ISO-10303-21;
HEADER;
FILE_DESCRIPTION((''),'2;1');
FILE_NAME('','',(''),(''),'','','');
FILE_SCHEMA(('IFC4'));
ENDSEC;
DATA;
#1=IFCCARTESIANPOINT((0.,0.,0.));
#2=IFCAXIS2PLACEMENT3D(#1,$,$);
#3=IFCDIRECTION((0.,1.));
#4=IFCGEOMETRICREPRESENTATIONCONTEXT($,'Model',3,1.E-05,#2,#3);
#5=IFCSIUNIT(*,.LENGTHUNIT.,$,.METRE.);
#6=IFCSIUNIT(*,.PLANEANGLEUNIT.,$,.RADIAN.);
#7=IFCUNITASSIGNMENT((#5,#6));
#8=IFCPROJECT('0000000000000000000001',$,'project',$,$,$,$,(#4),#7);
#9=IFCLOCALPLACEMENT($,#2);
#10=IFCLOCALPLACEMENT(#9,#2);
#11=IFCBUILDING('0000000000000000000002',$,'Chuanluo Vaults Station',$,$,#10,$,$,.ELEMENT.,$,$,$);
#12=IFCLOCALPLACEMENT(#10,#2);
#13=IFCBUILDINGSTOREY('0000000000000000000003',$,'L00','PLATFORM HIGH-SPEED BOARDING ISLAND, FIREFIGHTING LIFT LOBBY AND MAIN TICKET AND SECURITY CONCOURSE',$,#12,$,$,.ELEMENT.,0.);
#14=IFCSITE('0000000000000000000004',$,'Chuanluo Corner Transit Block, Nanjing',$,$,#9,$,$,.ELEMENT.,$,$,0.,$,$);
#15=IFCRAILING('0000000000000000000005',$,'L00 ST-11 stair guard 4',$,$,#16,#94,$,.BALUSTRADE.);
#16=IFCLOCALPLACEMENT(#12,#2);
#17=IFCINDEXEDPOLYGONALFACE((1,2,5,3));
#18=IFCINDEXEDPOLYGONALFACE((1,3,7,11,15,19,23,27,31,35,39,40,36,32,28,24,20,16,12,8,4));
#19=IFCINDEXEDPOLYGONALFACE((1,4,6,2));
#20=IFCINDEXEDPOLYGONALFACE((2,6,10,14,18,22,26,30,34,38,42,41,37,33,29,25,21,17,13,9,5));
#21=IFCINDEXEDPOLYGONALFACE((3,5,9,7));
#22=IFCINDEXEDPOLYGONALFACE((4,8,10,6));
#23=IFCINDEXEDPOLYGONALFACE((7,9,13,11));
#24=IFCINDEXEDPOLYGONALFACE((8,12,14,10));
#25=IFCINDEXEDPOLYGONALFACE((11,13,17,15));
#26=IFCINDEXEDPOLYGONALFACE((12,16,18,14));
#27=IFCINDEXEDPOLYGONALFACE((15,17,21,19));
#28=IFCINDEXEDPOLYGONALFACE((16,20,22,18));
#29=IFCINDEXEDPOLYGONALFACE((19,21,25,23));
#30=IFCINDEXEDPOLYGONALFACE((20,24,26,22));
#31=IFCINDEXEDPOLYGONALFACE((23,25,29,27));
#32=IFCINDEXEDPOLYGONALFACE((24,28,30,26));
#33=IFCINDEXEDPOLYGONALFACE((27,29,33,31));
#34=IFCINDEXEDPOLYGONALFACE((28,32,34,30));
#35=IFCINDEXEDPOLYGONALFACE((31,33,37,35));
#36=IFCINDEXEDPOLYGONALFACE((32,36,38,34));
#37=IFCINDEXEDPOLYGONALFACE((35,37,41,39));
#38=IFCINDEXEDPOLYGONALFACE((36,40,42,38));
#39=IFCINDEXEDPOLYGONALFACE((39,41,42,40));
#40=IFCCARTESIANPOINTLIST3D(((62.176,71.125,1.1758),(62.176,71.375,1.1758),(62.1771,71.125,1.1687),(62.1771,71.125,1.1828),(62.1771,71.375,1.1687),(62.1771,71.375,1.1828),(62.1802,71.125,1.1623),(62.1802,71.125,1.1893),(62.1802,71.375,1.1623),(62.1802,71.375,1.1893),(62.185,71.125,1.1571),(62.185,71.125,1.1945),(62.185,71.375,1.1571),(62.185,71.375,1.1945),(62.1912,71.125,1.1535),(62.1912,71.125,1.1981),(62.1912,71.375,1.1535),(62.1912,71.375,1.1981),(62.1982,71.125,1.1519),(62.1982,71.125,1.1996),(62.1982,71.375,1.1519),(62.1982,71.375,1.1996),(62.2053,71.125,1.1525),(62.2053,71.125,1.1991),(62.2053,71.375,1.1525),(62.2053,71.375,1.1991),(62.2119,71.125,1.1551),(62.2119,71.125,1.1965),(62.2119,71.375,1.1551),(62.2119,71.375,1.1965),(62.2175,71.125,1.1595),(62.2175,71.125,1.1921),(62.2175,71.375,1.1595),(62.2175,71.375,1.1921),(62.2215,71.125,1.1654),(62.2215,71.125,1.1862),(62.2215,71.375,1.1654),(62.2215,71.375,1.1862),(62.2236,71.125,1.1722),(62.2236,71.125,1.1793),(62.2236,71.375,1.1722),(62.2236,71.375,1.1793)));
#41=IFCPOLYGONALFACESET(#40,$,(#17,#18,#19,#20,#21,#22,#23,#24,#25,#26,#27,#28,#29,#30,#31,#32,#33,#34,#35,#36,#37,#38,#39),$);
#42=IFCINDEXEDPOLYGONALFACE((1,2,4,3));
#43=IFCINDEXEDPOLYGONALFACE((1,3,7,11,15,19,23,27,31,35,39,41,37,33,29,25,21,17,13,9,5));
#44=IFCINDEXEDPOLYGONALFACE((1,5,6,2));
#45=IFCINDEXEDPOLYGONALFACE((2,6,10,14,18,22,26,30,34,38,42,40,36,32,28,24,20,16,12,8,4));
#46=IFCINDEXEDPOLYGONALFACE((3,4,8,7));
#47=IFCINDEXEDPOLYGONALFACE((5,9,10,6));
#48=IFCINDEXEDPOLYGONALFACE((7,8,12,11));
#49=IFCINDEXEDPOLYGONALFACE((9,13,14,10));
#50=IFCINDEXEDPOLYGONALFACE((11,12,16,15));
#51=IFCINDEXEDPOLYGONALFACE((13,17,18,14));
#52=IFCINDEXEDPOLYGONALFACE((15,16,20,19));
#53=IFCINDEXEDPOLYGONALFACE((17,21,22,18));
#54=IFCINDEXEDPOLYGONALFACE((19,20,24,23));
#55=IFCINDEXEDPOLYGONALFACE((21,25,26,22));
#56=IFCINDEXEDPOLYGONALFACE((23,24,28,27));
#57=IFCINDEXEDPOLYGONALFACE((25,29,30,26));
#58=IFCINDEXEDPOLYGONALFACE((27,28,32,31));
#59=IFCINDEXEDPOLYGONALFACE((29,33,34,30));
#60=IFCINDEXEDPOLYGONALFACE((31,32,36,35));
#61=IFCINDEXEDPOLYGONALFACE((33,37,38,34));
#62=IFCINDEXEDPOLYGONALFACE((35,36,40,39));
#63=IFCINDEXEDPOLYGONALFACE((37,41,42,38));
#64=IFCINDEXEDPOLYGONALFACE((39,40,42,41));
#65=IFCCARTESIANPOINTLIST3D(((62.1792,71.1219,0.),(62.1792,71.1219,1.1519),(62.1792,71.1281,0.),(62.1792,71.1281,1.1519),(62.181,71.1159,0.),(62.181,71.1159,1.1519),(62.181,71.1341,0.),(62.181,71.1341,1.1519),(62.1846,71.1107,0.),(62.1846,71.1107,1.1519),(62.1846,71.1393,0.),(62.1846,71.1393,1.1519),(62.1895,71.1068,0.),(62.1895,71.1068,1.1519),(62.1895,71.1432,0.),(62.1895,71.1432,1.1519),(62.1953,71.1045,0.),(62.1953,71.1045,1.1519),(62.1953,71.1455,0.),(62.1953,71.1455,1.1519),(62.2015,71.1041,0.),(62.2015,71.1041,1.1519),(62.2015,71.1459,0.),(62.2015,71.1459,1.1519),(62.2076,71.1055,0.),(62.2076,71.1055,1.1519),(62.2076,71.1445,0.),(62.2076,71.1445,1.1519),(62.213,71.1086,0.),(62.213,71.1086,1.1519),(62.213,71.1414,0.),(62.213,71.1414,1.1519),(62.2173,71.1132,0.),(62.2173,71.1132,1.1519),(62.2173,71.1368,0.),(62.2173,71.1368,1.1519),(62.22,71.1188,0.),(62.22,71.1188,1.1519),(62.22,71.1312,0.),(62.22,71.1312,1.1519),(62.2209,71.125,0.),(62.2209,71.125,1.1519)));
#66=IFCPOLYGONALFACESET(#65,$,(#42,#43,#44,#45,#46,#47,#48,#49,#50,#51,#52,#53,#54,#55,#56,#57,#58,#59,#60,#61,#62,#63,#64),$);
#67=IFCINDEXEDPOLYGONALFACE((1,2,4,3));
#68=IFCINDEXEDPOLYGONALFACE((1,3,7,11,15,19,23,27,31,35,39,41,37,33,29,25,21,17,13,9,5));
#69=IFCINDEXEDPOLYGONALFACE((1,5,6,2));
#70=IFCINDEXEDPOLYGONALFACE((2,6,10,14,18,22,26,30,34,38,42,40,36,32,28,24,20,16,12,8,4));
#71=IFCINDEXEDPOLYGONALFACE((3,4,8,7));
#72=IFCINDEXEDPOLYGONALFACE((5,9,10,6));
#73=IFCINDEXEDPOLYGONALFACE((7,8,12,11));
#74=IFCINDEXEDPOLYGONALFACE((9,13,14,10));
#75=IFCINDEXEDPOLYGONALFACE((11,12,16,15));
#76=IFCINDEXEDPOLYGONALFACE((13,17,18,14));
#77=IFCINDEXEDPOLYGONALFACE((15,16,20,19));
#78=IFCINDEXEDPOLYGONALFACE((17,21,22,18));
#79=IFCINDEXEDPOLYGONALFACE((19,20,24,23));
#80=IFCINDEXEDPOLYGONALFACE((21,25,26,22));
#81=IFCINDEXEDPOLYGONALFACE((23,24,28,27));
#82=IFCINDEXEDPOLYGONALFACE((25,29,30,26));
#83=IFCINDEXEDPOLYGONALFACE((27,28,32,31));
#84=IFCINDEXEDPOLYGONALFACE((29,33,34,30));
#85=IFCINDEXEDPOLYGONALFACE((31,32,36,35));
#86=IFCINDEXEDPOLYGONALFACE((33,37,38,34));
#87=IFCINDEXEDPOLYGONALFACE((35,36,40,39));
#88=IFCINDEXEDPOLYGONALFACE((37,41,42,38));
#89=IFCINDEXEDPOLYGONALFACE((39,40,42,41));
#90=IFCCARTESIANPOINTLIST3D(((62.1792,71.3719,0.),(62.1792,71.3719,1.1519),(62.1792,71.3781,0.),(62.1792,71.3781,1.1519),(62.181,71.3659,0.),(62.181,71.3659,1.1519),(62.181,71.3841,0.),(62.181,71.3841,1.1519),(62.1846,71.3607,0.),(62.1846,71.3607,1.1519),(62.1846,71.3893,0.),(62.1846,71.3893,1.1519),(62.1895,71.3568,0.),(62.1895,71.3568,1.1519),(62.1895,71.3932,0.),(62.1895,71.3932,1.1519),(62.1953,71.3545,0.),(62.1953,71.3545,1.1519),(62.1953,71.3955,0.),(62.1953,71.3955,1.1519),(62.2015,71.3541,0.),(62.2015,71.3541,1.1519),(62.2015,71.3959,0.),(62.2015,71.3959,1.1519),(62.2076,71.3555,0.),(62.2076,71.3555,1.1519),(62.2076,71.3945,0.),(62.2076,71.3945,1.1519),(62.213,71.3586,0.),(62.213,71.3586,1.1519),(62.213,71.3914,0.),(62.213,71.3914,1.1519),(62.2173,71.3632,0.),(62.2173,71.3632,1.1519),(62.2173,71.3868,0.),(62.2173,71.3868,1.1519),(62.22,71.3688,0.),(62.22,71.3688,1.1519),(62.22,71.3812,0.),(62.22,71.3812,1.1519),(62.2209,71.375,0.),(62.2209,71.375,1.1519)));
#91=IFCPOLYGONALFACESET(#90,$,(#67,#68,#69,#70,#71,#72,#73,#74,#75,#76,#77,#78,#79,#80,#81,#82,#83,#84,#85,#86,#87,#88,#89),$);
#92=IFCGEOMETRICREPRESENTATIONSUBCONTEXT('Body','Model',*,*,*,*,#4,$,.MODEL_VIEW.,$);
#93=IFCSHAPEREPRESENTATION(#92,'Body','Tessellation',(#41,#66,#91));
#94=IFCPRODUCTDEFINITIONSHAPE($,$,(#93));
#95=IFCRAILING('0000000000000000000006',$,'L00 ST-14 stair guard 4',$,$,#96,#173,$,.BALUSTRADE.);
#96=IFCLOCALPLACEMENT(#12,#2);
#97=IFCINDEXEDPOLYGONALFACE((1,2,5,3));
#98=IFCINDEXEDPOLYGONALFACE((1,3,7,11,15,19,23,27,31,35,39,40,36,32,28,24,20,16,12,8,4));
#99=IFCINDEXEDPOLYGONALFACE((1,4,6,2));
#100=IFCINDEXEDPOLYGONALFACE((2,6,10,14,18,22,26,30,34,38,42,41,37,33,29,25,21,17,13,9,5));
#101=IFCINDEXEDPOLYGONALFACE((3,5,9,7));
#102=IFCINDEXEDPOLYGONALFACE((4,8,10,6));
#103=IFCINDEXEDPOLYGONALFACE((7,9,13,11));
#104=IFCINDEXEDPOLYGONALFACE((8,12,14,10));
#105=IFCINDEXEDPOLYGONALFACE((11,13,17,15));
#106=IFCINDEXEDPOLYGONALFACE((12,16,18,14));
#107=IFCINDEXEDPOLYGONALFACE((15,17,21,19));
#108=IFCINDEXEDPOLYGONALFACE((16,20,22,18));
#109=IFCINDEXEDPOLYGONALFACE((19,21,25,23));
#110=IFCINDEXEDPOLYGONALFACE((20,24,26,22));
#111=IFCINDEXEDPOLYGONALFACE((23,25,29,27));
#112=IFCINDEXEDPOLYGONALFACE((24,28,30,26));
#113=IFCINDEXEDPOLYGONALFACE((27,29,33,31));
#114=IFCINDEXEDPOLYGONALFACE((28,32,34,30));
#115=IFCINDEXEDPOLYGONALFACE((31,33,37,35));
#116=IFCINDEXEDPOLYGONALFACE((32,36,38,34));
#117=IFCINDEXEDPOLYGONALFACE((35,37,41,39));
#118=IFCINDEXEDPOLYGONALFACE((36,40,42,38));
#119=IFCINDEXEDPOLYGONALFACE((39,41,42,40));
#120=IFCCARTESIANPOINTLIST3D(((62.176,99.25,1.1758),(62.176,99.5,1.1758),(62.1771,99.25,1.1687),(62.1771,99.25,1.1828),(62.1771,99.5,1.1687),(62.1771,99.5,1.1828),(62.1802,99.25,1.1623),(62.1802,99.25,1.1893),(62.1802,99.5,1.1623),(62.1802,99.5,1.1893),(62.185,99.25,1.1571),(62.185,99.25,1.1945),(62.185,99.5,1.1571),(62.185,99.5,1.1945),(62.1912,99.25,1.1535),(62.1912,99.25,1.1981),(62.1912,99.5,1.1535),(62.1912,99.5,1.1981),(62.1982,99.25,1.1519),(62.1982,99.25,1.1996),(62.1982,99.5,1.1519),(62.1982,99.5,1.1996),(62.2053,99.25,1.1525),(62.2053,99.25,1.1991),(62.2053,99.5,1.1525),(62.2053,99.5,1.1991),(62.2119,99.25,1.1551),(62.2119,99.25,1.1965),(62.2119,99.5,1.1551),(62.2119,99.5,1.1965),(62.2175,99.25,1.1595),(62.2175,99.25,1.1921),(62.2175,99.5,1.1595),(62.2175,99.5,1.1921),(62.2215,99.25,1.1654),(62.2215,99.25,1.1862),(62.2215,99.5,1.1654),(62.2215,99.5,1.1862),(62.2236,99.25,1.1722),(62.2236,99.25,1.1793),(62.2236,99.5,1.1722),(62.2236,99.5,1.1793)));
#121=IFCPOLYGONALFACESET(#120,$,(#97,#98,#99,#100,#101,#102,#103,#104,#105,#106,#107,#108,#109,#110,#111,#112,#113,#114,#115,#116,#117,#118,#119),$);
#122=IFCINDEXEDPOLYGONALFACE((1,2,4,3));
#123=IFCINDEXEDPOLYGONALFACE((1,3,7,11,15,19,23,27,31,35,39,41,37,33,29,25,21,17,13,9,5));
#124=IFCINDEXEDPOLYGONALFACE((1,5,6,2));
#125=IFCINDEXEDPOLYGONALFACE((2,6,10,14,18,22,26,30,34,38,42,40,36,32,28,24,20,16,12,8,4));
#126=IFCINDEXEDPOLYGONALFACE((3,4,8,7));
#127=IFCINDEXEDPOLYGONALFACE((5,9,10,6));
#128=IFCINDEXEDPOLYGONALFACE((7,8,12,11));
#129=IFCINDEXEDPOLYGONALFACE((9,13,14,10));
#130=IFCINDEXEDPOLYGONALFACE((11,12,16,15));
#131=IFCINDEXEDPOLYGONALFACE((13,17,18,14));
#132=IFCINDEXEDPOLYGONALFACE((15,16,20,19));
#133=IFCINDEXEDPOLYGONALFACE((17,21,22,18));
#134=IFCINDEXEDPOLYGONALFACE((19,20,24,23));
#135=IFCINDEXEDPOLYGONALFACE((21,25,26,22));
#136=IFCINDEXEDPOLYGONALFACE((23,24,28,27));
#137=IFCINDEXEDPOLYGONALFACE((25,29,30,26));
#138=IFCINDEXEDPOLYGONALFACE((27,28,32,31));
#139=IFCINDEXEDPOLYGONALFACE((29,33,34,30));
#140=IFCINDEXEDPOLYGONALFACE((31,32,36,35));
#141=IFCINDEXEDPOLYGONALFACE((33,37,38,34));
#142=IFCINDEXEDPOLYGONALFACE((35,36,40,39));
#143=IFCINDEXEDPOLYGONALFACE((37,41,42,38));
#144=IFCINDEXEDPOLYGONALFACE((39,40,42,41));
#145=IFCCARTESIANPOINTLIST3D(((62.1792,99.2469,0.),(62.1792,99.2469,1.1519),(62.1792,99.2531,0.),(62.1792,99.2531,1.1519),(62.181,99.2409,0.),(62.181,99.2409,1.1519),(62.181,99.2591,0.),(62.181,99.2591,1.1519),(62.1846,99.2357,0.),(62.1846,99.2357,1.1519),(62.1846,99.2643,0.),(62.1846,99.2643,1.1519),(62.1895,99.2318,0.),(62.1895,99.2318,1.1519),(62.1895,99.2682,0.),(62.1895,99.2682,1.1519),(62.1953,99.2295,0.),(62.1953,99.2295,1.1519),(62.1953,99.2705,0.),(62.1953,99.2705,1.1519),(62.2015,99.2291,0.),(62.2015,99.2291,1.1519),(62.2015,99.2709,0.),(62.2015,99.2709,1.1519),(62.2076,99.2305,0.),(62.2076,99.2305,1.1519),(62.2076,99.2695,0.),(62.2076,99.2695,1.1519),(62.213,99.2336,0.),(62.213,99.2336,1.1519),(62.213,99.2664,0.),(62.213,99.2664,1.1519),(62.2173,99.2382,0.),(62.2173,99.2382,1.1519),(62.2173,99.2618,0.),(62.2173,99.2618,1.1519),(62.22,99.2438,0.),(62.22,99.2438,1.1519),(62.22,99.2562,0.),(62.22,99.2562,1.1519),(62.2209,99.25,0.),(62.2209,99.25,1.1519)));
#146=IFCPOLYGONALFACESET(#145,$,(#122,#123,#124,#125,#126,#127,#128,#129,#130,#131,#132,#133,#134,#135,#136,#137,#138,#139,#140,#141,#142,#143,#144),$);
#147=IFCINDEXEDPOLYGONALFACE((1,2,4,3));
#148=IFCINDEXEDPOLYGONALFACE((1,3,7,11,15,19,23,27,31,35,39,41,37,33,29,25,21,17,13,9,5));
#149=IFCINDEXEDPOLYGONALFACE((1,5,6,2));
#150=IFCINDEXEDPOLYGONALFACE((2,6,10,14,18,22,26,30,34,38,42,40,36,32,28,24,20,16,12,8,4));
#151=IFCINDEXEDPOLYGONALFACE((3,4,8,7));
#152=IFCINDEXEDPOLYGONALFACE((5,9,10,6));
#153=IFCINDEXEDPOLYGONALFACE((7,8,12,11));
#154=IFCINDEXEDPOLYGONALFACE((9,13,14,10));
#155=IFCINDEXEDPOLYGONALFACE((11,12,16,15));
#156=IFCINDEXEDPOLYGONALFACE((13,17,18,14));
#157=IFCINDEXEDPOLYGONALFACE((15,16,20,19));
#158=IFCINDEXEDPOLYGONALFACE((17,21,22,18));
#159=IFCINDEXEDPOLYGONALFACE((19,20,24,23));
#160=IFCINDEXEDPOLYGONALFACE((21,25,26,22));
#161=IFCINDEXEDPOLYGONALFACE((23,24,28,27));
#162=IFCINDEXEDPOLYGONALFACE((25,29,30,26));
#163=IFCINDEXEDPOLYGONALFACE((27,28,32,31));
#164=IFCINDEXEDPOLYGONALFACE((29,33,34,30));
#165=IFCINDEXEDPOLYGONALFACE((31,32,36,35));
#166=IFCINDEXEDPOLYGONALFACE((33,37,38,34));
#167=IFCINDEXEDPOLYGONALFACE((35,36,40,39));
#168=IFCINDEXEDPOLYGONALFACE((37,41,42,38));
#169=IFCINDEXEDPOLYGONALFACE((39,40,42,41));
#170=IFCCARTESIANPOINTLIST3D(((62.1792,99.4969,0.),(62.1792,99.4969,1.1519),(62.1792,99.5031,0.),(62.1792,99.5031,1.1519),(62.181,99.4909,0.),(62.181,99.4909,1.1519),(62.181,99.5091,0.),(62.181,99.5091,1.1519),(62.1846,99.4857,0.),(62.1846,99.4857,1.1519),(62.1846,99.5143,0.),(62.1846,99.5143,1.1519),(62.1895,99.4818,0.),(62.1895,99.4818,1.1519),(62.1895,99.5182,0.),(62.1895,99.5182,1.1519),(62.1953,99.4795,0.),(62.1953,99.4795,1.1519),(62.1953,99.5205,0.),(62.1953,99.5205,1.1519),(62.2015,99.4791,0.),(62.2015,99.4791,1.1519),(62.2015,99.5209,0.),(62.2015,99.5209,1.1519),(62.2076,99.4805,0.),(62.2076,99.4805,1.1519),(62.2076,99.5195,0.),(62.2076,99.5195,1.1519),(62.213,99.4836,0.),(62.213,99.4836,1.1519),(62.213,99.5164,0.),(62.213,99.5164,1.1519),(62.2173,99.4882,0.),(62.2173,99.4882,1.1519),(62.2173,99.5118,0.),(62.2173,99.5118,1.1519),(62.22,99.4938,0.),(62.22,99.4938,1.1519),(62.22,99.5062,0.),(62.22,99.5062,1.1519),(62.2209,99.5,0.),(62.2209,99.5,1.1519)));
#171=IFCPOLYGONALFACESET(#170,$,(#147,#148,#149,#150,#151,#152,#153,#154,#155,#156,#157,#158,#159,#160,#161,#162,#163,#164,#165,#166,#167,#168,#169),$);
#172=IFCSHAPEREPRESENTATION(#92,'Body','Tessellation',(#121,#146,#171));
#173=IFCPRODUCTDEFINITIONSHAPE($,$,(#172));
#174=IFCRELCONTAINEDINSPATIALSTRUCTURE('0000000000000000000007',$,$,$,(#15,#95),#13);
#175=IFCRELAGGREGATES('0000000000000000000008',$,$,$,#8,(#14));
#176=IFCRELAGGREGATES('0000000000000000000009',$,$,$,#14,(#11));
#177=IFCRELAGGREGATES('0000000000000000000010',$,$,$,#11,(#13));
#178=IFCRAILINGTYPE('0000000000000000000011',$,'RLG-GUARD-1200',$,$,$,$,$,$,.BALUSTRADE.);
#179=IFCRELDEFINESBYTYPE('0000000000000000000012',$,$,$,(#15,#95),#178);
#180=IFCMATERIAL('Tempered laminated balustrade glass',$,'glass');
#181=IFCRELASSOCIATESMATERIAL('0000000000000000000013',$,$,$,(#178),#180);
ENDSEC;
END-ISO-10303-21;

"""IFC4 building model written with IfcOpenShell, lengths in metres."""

from ifc_helpers import new_model, si_unit, direction, frame, origin, origin_2d, place, context, subcontext, project, spatial, circle, extrude, material, type_object, element, save


model = new_model("IFC4")

# Units and contexts
model_context = context("Model", 3, precision=1e-05, world=origin(), true_north=direction((0.0, 1.0)))
body_context = subcontext(model_context, "Body", "Model", "MODEL_VIEW")
ifc_project = project(units=[si_unit("LENGTHUNIT", "METRE"), si_unit("PLANEANGLEUNIT", "RADIAN")], contexts=[model_context])

# Site, building, storey
site_placement = place(None, origin())
site = spatial("IfcSite", under=ifc_project, at=site_placement, Name="Chuanluo Corner Transit Block, Nanjing", CompositionType="ELEMENT", RefElevation=0.0)
building_placement = place(site_placement, origin())
building = spatial("IfcBuilding", under=site, at=building_placement, Name="Chuanluo Vaults Station", CompositionType="ELEMENT")
storey_placement = place(building_placement, origin())
storey = spatial("IfcBuildingStorey", under=building, at=storey_placement, Name="L00", Description="PLATFORM HIGH-SPEED BOARDING ISLAND, FIREFIGHTING LIFT LOBBY AND MAIN TICKET AND SECURITY CONCOURSE", CompositionType="ELEMENT", Elevation=0.0)

# Railings
ifc_material_1 = material(Name="Tempered laminated balustrade glass", Category="glass")
railing_type_1 = type_object("IfcRailingType", Name="RLG-GUARD-1200", PredefinedType="BALUSTRADE", material=ifc_material_1)
for number, where, name in (
    (1, (62.2, 71.125, 0.0), "L00 ST-11 stair guard 4"),
    (2, (62.2, 99.25, 0.0), "L00 ST-14 stair guard 4"),
):
    element("IfcRailing", number, at=place(storey_placement, frame(where)), inside=storey, type_object=railing_type_1, Name=name, PredefinedType="BALUSTRADE", context=body_context, shape_type="SweptSolid", body=[
        extrude(circle(Radius=0.0239, at=origin_2d()), frame((0.0, 0.0, 1.1758), z_axis=(0.0, 1.0, 0.0), x_axis=(-1.0, 0.0, 0.0)), (0.0, 0.0, 1.0), 0.25),
        extrude(circle(Radius=0.021, at=origin_2d()), origin(), (0.0, 0.0, 1.0), 1.1519),
        extrude(circle(Radius=0.021, at=origin_2d()), frame((0.0, 0.25, 0.0)), (0.0, 0.0, 1.0), 1.1519),
    ])

save(model, "model.ifc")
